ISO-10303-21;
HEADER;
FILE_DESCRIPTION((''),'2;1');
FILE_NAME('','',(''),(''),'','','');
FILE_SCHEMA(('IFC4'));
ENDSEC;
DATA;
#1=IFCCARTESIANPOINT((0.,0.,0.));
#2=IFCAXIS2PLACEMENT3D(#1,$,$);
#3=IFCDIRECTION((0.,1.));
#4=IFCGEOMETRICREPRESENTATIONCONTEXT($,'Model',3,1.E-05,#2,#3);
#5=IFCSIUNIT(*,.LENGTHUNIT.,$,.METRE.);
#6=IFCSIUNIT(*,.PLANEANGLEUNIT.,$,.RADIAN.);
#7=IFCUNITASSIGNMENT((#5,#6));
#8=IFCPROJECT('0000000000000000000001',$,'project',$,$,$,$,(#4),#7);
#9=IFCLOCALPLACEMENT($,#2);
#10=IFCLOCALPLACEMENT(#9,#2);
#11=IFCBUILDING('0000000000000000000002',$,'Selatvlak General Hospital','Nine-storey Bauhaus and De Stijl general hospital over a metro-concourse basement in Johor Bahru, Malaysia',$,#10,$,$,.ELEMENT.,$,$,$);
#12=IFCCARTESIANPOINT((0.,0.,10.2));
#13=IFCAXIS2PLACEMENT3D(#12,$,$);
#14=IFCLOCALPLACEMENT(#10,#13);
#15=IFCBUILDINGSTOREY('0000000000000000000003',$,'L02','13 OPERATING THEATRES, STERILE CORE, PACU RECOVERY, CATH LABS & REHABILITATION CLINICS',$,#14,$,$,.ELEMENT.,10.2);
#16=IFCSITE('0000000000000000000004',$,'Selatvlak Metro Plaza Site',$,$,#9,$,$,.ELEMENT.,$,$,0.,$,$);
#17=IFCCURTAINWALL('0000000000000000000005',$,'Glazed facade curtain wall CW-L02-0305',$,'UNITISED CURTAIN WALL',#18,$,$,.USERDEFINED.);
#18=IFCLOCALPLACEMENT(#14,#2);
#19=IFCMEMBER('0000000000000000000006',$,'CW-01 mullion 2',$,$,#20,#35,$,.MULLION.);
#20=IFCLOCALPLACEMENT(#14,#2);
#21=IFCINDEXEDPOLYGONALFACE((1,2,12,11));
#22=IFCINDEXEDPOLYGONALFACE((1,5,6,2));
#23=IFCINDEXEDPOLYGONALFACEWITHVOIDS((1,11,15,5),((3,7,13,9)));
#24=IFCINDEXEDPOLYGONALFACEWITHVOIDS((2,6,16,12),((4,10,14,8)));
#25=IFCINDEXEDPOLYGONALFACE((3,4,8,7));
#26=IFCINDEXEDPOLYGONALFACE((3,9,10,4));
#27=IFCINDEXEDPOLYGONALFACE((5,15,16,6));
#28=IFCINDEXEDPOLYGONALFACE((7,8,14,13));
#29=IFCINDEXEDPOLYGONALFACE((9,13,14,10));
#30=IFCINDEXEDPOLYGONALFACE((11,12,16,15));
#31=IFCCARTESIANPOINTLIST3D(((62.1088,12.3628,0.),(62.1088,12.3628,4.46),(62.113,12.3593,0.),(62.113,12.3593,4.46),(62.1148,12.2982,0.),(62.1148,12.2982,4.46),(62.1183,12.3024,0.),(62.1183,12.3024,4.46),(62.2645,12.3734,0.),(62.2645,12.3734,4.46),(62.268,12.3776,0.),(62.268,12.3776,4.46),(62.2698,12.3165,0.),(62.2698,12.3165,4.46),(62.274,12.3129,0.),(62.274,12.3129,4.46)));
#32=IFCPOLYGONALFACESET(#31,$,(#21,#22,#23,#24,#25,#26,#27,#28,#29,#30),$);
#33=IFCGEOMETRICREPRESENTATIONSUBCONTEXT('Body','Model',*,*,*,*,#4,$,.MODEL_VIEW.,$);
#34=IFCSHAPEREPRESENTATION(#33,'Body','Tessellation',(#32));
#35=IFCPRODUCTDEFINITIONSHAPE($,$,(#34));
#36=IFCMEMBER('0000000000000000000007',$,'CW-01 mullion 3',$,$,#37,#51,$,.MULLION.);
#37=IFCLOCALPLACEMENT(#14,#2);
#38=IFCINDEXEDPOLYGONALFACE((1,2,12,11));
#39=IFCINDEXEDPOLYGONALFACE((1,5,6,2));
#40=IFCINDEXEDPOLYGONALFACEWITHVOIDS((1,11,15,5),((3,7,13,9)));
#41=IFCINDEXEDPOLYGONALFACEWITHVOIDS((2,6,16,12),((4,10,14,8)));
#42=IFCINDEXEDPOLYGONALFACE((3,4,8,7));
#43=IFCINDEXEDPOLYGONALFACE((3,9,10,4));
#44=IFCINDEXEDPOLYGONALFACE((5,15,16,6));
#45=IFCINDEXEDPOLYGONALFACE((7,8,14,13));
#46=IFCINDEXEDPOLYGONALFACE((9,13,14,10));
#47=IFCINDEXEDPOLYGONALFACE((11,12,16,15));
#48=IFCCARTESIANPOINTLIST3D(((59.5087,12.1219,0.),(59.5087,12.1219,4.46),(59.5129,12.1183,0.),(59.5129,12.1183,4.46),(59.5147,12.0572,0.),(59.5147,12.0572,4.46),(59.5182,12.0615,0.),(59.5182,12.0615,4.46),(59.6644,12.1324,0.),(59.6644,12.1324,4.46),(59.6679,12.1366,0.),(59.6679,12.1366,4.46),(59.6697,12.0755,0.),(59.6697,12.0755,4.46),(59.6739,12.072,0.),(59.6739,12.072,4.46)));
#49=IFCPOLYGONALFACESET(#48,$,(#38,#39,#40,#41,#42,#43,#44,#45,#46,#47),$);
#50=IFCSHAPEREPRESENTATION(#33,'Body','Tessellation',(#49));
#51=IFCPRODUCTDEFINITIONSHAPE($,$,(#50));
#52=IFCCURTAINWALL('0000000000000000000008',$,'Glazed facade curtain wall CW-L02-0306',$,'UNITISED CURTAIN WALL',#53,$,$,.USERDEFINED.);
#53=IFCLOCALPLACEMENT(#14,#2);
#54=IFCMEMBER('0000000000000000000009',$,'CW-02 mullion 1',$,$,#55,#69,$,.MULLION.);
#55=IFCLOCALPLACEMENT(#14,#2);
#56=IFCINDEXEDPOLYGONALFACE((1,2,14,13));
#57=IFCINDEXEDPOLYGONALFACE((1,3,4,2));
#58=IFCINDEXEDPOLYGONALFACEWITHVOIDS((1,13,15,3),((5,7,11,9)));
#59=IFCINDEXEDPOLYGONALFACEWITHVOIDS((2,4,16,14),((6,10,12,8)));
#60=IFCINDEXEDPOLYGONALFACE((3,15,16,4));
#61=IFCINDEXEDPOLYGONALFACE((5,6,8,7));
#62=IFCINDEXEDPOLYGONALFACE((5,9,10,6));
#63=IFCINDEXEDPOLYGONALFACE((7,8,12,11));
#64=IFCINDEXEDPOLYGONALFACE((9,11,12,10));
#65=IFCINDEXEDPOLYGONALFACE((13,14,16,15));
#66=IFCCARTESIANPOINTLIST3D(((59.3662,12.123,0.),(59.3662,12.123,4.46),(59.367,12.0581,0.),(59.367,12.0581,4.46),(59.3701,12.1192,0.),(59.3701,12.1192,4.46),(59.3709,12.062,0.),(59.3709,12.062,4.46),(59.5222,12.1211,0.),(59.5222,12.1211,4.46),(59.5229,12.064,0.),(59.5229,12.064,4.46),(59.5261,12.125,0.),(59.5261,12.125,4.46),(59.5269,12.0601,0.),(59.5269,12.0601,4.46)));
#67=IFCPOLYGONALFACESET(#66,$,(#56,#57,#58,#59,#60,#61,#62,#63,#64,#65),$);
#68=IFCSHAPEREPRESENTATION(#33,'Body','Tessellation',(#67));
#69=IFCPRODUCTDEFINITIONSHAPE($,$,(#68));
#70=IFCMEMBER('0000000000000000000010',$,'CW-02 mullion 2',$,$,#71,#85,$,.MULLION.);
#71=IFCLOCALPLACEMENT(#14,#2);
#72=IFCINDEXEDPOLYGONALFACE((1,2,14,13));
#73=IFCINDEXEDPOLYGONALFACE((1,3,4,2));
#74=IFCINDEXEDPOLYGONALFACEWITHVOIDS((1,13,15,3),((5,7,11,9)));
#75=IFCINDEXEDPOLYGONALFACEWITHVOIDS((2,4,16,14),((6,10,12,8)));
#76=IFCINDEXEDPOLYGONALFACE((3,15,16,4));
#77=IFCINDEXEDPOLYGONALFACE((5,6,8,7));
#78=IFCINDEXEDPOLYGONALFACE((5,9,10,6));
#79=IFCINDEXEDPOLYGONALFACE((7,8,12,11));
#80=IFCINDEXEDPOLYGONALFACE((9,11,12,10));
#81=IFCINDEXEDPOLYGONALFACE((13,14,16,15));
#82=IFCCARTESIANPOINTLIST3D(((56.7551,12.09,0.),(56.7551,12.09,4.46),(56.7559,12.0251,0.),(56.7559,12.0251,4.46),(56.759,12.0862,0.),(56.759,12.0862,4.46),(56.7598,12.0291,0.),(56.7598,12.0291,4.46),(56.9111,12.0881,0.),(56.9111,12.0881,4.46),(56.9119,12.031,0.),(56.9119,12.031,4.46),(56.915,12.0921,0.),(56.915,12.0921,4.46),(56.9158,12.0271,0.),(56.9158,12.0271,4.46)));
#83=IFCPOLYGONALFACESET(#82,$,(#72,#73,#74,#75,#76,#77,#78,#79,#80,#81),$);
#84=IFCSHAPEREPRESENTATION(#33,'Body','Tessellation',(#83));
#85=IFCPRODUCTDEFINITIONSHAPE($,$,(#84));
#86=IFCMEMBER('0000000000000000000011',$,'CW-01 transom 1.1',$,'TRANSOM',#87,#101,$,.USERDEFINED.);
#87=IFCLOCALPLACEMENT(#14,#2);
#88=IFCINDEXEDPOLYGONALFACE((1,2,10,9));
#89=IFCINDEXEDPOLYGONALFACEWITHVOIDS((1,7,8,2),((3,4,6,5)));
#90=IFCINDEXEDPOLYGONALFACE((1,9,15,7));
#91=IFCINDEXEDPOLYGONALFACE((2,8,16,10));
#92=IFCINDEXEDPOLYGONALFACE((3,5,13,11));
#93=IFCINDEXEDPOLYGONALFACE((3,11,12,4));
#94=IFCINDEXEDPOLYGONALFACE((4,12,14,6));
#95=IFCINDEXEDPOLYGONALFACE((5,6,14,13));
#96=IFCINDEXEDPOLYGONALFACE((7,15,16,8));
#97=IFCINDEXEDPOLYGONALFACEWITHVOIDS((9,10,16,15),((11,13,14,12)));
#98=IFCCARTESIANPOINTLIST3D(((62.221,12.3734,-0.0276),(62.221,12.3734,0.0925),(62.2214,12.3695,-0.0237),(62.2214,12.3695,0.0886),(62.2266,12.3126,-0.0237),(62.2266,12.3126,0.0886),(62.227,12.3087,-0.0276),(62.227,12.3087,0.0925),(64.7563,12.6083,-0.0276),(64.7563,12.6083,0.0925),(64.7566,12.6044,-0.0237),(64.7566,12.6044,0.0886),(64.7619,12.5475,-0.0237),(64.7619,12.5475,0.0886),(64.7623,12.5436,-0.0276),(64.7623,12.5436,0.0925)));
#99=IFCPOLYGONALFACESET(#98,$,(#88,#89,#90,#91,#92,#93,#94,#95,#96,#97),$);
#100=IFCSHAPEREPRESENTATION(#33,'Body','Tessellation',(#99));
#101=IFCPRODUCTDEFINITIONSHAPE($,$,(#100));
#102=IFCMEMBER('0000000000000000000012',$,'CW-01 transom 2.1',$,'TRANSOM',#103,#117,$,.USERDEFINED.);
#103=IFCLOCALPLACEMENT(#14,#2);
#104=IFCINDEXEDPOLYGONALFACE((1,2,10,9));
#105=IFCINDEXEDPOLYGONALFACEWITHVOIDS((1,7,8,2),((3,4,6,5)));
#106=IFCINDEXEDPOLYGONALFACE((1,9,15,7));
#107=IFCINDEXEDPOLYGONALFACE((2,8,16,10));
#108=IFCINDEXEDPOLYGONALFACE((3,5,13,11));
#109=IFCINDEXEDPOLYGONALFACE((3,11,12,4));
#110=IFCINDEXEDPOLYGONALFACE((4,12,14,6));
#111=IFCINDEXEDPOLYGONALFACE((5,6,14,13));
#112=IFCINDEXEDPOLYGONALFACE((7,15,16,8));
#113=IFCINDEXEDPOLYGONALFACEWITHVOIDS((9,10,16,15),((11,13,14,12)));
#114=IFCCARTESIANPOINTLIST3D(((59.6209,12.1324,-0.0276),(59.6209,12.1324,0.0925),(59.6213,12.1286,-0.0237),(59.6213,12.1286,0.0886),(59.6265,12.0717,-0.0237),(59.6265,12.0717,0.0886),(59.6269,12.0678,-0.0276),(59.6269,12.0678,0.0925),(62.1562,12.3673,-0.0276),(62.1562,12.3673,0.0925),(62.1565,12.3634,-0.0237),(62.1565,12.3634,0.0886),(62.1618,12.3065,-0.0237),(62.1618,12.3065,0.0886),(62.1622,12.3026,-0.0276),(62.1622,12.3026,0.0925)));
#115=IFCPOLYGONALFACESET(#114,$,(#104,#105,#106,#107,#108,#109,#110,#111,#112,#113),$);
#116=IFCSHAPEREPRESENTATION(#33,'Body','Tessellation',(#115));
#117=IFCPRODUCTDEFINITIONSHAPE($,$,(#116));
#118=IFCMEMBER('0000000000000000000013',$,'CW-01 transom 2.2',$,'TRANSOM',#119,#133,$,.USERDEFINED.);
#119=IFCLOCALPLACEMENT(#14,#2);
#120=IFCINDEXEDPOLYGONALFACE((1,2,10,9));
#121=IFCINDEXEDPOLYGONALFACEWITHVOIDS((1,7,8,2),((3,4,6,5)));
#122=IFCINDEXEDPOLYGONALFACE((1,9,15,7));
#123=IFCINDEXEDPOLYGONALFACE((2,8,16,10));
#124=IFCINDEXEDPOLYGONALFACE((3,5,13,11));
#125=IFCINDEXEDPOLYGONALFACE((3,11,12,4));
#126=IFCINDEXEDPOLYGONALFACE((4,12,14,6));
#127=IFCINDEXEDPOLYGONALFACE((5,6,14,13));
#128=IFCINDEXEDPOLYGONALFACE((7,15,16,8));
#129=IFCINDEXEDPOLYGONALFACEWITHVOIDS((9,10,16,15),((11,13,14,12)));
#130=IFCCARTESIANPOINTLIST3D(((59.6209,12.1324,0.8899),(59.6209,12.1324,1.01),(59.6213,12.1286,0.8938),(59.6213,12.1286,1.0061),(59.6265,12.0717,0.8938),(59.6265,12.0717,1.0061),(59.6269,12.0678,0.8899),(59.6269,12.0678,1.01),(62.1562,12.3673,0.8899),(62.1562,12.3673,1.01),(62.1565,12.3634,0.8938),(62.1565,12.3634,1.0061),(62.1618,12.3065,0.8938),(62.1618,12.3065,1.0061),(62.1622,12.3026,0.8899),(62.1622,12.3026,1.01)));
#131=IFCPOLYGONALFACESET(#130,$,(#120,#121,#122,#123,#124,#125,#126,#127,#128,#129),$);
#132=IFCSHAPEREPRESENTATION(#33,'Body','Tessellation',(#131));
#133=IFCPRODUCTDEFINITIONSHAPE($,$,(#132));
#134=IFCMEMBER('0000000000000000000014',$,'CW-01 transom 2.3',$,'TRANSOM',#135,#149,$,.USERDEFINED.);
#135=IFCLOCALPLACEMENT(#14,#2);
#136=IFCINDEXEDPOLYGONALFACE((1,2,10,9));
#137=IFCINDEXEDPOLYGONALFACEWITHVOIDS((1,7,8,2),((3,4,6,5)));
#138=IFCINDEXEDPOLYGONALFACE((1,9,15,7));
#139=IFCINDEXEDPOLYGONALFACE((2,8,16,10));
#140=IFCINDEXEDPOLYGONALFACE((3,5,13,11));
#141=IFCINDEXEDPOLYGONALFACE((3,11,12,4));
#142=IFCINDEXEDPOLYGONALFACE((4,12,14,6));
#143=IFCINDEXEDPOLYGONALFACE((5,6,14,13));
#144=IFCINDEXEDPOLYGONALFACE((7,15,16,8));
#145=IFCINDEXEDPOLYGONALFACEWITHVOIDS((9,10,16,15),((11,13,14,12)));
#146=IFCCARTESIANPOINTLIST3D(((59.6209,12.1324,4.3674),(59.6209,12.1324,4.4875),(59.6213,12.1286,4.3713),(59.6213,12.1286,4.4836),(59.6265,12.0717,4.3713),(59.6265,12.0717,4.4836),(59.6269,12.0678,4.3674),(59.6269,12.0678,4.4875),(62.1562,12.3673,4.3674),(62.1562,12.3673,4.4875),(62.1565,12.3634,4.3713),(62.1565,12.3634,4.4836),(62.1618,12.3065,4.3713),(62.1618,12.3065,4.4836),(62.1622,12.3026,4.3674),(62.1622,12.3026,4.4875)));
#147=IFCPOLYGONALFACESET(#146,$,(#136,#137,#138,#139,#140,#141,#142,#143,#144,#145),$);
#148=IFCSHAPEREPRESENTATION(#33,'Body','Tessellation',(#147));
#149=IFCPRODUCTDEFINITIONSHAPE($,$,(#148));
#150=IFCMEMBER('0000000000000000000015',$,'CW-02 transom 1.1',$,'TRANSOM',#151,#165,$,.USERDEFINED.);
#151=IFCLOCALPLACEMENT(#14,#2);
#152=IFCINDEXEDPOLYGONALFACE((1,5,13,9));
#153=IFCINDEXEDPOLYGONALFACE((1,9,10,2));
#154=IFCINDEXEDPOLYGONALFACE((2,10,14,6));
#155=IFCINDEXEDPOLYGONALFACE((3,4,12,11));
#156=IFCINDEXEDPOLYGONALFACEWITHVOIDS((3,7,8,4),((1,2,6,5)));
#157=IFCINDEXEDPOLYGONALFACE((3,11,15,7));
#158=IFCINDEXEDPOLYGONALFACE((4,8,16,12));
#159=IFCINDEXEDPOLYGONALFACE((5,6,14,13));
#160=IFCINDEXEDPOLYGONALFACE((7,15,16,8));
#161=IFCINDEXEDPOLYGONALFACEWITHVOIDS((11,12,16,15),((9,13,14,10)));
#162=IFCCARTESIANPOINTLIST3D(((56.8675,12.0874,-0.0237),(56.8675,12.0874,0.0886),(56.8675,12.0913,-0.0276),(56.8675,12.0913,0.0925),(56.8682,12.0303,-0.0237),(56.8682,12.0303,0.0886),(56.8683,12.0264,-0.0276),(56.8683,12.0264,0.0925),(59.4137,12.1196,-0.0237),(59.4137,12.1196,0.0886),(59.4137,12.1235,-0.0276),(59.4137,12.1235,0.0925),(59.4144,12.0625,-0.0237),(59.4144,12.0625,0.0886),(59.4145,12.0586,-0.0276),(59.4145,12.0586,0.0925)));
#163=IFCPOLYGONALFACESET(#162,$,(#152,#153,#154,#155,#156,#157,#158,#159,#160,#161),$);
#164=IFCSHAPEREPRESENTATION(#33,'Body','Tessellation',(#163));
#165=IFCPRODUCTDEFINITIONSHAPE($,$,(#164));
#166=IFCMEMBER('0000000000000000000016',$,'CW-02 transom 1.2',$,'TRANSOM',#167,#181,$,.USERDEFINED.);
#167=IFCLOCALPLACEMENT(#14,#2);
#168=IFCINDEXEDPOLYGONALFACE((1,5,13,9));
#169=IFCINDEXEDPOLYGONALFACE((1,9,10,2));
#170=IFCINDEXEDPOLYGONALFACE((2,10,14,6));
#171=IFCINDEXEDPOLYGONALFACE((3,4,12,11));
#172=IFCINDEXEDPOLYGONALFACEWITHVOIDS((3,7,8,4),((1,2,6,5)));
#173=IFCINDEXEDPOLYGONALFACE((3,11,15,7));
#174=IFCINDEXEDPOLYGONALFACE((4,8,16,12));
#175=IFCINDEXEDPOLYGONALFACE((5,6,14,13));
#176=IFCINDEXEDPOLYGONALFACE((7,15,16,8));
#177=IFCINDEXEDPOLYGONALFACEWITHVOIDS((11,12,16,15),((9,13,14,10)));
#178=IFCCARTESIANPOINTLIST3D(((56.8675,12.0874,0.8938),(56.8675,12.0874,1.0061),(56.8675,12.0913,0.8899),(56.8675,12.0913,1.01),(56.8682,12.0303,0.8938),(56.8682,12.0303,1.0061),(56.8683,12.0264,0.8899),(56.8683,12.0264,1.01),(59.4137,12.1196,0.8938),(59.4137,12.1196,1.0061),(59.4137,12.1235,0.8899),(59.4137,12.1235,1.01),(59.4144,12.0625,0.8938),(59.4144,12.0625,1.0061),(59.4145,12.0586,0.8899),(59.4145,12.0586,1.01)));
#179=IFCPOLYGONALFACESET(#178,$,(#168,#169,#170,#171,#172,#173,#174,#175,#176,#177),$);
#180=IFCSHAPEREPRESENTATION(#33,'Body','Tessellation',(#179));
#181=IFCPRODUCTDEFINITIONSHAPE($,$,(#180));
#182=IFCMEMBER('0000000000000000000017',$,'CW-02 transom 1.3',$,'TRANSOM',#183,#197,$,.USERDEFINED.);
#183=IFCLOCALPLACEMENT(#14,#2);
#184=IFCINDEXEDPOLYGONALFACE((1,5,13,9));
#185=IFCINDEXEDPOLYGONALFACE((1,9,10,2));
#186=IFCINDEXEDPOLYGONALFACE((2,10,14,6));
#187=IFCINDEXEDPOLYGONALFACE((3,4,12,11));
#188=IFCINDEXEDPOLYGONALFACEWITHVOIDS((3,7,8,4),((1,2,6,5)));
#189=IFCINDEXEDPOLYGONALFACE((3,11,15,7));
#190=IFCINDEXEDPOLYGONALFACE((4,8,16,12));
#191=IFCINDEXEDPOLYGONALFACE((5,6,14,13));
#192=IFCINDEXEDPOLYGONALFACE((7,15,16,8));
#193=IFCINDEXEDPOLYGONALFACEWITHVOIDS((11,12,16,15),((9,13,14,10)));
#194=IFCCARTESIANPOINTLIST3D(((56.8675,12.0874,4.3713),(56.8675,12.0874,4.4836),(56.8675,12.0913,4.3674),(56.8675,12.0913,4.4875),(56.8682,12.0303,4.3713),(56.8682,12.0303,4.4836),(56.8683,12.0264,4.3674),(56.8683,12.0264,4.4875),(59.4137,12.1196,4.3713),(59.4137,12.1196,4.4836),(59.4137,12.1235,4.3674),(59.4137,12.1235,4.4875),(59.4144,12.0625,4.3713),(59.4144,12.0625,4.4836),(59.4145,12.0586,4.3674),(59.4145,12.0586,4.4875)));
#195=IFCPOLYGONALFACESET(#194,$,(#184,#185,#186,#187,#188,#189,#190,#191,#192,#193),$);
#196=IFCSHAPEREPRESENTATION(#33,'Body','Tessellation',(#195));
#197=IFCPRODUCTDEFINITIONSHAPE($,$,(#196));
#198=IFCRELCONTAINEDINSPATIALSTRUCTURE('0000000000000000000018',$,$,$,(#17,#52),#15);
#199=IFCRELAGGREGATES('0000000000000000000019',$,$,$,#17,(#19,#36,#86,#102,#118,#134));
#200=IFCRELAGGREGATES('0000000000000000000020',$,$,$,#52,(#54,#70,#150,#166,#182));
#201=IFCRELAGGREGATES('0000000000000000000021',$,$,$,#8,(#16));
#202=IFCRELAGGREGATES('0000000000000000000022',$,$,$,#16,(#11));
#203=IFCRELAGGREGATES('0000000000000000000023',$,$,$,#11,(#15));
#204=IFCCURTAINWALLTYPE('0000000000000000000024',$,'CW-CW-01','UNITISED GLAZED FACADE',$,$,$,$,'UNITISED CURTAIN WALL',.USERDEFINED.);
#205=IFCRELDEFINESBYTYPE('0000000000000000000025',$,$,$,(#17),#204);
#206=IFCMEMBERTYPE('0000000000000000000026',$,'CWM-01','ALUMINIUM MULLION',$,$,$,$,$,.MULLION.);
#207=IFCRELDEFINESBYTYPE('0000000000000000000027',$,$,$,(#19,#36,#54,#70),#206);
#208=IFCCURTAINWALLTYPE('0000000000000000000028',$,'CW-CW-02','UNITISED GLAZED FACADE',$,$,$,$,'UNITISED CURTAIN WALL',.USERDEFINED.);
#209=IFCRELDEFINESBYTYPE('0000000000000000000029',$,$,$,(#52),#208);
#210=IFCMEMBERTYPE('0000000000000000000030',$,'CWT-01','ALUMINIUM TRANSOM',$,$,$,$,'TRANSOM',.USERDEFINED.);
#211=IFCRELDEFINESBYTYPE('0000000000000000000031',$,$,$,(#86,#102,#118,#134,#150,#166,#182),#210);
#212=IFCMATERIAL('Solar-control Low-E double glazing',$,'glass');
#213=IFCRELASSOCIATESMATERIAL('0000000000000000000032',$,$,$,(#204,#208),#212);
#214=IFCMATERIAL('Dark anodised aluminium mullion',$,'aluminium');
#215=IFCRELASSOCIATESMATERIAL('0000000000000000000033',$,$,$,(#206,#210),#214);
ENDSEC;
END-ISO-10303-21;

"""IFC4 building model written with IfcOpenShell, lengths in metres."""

from ifc_helpers import new_model, si_unit, direction, frame, origin, origin_2d, place, context, subcontext, project, spatial, hollow_rectangle, extrude, material, material_profile, profile_set, type_object, element, aggregate, save


model = new_model("IFC4")

# Units and contexts
model_context = context("Model", 3, precision=1e-05, world=origin(), true_north=direction((0.0, 1.0)))
body_context = subcontext(model_context, "Body", "Model", "MODEL_VIEW")
ifc_project = project(units=[si_unit("LENGTHUNIT", "METRE"), si_unit("PLANEANGLEUNIT", "RADIAN")], contexts=[model_context])

# Site, building, storey
site_placement = place(None, origin())
site = spatial("IfcSite", under=ifc_project, at=site_placement, Name="Selatvlak Metro Plaza Site", CompositionType="ELEMENT", RefElevation=0.0)
building_placement = place(site_placement, origin())
building = spatial("IfcBuilding", under=site, at=building_placement, Name="Selatvlak General Hospital", Description="Nine-storey Bauhaus and De Stijl general hospital over a metro-concourse basement in Johor Bahru, Malaysia", CompositionType="ELEMENT")
storey_placement = place(building_placement, frame((0.0, 0.0, 10.2)))
storey = spatial("IfcBuildingStorey", under=building, at=storey_placement, Name="L02", Description="13 OPERATING THEATRES, STERILE CORE, PACU RECOVERY, CATH LABS & REHABILITATION CLINICS", CompositionType="ELEMENT", Elevation=10.2)

# Curtain walls, members
ifc_material_1 = material(Name="Solar-control Low-E double glazing", Category="glass")
curtain_wall_type_1 = type_object("IfcCurtainWallType", Name="CW-CW-01", Description="UNITISED GLAZED FACADE", ElementType="UNITISED CURTAIN WALL", PredefinedType="USERDEFINED", material=ifc_material_1)
curtain_wall_1_placement = place(storey_placement, origin())
curtain_wall_1 = element("IfcCurtainWall", 1, at=curtain_wall_1_placement, inside=storey, type_object=curtain_wall_type_1, Name="Glazed facade curtain wall CW-L02-0305", ObjectType="UNITISED CURTAIN WALL", PredefinedType="USERDEFINED")
ifc_material_2 = material(Name="Dark anodised aluminium mullion", Category="aluminium")
ifc_material_profile_1 = material_profile(ifc_material_2, hollow_rectangle(XDim=0.0649, YDim=0.1599, WallThickness=0.0039, at=origin_2d()), Name="AL-MUL 65x160x4")
ifc_profile_set_1 = profile_set([ifc_material_profile_1], Name="Dark anodised aluminium mullion")
member_type_1 = type_object("IfcMemberType", Name="CWM-01", Description="ALUMINIUM MULLION", PredefinedType="MULLION", material=ifc_profile_set_1)
member_1_placement = place(storey_placement, frame((62.1914, 12.3379, 0.0), z_axis=(0.0, 0.0, 1.0), x_axis=(0.092292, -0.995732, 0.0)))
member_1 = element("IfcMember", 2, at=member_1_placement, type_object=member_type_1, Name="CW-01 mullion 2", PredefinedType="MULLION", context=body_context, shape_type="SweptSolid", body=[
    extrude(hollow_rectangle(XDim=0.0649, YDim=0.1599, WallThickness=0.0039, at=origin_2d()), origin(), (0.0, 0.0, 1.0), 4.46),
])
member_2_placement = place(storey_placement, frame((59.5913, 12.0969, 0.0), z_axis=(0.0, 0.0, 1.0), x_axis=(0.092292, -0.995732, 0.0)))
member_2 = element("IfcMember", 3, at=member_2_placement, type_object=member_type_1, Name="CW-01 mullion 3", PredefinedType="MULLION", context=body_context, shape_type="SweptSolid", body=[
    extrude(hollow_rectangle(XDim=0.0649, YDim=0.1599, WallThickness=0.0039, at=origin_2d()), origin(), (0.0, 0.0, 1.0), 4.46),
])
curtain_wall_type_2 = type_object("IfcCurtainWallType", Name="CW-CW-02", Description="UNITISED GLAZED FACADE", ElementType="UNITISED CURTAIN WALL", PredefinedType="USERDEFINED", material=ifc_material_1)
curtain_wall_2_placement = place(storey_placement, origin())
curtain_wall_2 = element("IfcCurtainWall", 4, at=curtain_wall_2_placement, inside=storey, type_object=curtain_wall_type_2, Name="Glazed facade curtain wall CW-L02-0306", ObjectType="UNITISED CURTAIN WALL", PredefinedType="USERDEFINED")
member_3_placement = place(storey_placement, frame((59.4465, 12.0916, 0.0), z_axis=(0.0, 0.0, 1.0), x_axis=(0.012672, -0.99992, 0.0)))
member_3 = element("IfcMember", 5, at=member_3_placement, type_object=member_type_1, Name="CW-02 mullion 1", PredefinedType="MULLION", context=body_context, shape_type="SweptSolid", body=[
    extrude(hollow_rectangle(XDim=0.0649, YDim=0.1599, WallThickness=0.0039, at=origin_2d()), origin(), (0.0, 0.0, 1.0), 4.46),
])
member_4_placement = place(storey_placement, frame((56.8354, 12.0586, 0.0), z_axis=(0.0, 0.0, 1.0), x_axis=(0.012672, -0.99992, 0.0)))
member_4 = element("IfcMember", 6, at=member_4_placement, type_object=member_type_1, Name="CW-02 mullion 2", PredefinedType="MULLION", context=body_context, shape_type="SweptSolid", body=[
    extrude(hollow_rectangle(XDim=0.0649, YDim=0.1599, WallThickness=0.0039, at=origin_2d()), origin(), (0.0, 0.0, 1.0), 4.46),
])

# Members
ifc_material_profile_2 = material_profile(ifc_material_2, hollow_rectangle(XDim=0.0649, YDim=0.1201, WallThickness=0.0039, at=origin_2d()), Name="AL-TRN 65x120x4")
ifc_profile_set_2 = profile_set([ifc_material_profile_2], Name="Dark anodised aluminium mullion")
member_type_2 = type_object("IfcMemberType", Name="CWT-01", Description="ALUMINIUM TRANSOM", ElementType="TRANSOM", PredefinedType="USERDEFINED", material=ifc_profile_set_2)
member_5_placement = place(storey_placement, frame((64.7593, 12.5759, 0.0325), z_axis=(-0.995737, -0.092239, 0.0), x_axis=(0.092239, -0.995737, 0.0)))
member_5 = element("IfcMember", 7, at=member_5_placement, type_object=member_type_2, Name="CW-01 transom 1.1", ObjectType="TRANSOM", PredefinedType="USERDEFINED", context=body_context, shape_type="SweptSolid", body=[
    extrude(hollow_rectangle(XDim=0.0649, YDim=0.1201, WallThickness=0.0039, at=origin_2d()), origin(), (0.0, 0.0, 1.0), 2.5461),
])
member_6_placement = place(storey_placement, frame((62.1592, 12.335, 0.0325), z_axis=(-0.995737, -0.092239, 0.0), x_axis=(0.092239, -0.995737, 0.0)))
member_6 = element("IfcMember", 8, at=member_6_placement, type_object=member_type_2, Name="CW-01 transom 2.1", ObjectType="TRANSOM", PredefinedType="USERDEFINED", context=body_context, shape_type="SweptSolid", body=[
    extrude(hollow_rectangle(XDim=0.0649, YDim=0.1201, WallThickness=0.0039, at=origin_2d()), origin(), (0.0, 0.0, 1.0), 2.5461),
])
member_7_placement = place(storey_placement, frame((62.1592, 12.335, 0.95), z_axis=(-0.995737, -0.092239, 0.0), x_axis=(0.092239, -0.995737, 0.0)))
member_7 = element("IfcMember", 9, at=member_7_placement, type_object=member_type_2, Name="CW-01 transom 2.2", ObjectType="TRANSOM", PredefinedType="USERDEFINED", context=body_context, shape_type="SweptSolid", body=[
    extrude(hollow_rectangle(XDim=0.0649, YDim=0.1201, WallThickness=0.0039, at=origin_2d()), origin(), (0.0, 0.0, 1.0), 2.5461),
])
member_8_placement = place(storey_placement, frame((62.1592, 12.335, 4.4275), z_axis=(-0.995737, -0.092239, 0.0), x_axis=(0.092239, -0.995737, 0.0)))
member_8 = element("IfcMember", 10, at=member_8_placement, type_object=member_type_2, Name="CW-01 transom 2.3", ObjectType="TRANSOM", PredefinedType="USERDEFINED", context=body_context, shape_type="SweptSolid", body=[
    extrude(hollow_rectangle(XDim=0.0649, YDim=0.1201, WallThickness=0.0039, at=origin_2d()), origin(), (0.0, 0.0, 1.0), 2.5461),
])
member_9_placement = place(storey_placement, frame((59.4141, 12.0911, 0.0325), z_axis=(-0.99992, -0.012656, 0.0), x_axis=(0.012656, -0.99992, 0.0)))
member_9 = element("IfcMember", 11, at=member_9_placement, type_object=member_type_2, Name="CW-02 transom 1.1", ObjectType="TRANSOM", PredefinedType="USERDEFINED", context=body_context, shape_type="SweptSolid", body=[
    extrude(hollow_rectangle(XDim=0.0649, YDim=0.1201, WallThickness=0.0039, at=origin_2d()), origin(), (0.0, 0.0, 1.0), 2.5464),
])
member_10_placement = place(storey_placement, frame((59.4141, 12.0911, 0.95), z_axis=(-0.99992, -0.012656, 0.0), x_axis=(0.012656, -0.99992, 0.0)))
member_10 = element("IfcMember", 12, at=member_10_placement, type_object=member_type_2, Name="CW-02 transom 1.2", ObjectType="TRANSOM", PredefinedType="USERDEFINED", context=body_context, shape_type="SweptSolid", body=[
    extrude(hollow_rectangle(XDim=0.0649, YDim=0.1201, WallThickness=0.0039, at=origin_2d()), origin(), (0.0, 0.0, 1.0), 2.5464),
])
member_11_placement = place(storey_placement, frame((59.4141, 12.0911, 4.4275), z_axis=(-0.99992, -0.012656, 0.0), x_axis=(0.012656, -0.99992, 0.0)))
member_11 = element("IfcMember", 13, at=member_11_placement, type_object=member_type_2, Name="CW-02 transom 1.3", ObjectType="TRANSOM", PredefinedType="USERDEFINED", context=body_context, shape_type="SweptSolid", body=[
    extrude(hollow_rectangle(XDim=0.0649, YDim=0.1201, WallThickness=0.0039, at=origin_2d()), origin(), (0.0, 0.0, 1.0), 2.5464),
])

aggregate(curtain_wall_1, [member_1, member_2, member_5, member_6, member_7, member_8])
aggregate(curtain_wall_2, [member_3, member_4, member_9, member_10, member_11])

save(model, "model.ifc")
